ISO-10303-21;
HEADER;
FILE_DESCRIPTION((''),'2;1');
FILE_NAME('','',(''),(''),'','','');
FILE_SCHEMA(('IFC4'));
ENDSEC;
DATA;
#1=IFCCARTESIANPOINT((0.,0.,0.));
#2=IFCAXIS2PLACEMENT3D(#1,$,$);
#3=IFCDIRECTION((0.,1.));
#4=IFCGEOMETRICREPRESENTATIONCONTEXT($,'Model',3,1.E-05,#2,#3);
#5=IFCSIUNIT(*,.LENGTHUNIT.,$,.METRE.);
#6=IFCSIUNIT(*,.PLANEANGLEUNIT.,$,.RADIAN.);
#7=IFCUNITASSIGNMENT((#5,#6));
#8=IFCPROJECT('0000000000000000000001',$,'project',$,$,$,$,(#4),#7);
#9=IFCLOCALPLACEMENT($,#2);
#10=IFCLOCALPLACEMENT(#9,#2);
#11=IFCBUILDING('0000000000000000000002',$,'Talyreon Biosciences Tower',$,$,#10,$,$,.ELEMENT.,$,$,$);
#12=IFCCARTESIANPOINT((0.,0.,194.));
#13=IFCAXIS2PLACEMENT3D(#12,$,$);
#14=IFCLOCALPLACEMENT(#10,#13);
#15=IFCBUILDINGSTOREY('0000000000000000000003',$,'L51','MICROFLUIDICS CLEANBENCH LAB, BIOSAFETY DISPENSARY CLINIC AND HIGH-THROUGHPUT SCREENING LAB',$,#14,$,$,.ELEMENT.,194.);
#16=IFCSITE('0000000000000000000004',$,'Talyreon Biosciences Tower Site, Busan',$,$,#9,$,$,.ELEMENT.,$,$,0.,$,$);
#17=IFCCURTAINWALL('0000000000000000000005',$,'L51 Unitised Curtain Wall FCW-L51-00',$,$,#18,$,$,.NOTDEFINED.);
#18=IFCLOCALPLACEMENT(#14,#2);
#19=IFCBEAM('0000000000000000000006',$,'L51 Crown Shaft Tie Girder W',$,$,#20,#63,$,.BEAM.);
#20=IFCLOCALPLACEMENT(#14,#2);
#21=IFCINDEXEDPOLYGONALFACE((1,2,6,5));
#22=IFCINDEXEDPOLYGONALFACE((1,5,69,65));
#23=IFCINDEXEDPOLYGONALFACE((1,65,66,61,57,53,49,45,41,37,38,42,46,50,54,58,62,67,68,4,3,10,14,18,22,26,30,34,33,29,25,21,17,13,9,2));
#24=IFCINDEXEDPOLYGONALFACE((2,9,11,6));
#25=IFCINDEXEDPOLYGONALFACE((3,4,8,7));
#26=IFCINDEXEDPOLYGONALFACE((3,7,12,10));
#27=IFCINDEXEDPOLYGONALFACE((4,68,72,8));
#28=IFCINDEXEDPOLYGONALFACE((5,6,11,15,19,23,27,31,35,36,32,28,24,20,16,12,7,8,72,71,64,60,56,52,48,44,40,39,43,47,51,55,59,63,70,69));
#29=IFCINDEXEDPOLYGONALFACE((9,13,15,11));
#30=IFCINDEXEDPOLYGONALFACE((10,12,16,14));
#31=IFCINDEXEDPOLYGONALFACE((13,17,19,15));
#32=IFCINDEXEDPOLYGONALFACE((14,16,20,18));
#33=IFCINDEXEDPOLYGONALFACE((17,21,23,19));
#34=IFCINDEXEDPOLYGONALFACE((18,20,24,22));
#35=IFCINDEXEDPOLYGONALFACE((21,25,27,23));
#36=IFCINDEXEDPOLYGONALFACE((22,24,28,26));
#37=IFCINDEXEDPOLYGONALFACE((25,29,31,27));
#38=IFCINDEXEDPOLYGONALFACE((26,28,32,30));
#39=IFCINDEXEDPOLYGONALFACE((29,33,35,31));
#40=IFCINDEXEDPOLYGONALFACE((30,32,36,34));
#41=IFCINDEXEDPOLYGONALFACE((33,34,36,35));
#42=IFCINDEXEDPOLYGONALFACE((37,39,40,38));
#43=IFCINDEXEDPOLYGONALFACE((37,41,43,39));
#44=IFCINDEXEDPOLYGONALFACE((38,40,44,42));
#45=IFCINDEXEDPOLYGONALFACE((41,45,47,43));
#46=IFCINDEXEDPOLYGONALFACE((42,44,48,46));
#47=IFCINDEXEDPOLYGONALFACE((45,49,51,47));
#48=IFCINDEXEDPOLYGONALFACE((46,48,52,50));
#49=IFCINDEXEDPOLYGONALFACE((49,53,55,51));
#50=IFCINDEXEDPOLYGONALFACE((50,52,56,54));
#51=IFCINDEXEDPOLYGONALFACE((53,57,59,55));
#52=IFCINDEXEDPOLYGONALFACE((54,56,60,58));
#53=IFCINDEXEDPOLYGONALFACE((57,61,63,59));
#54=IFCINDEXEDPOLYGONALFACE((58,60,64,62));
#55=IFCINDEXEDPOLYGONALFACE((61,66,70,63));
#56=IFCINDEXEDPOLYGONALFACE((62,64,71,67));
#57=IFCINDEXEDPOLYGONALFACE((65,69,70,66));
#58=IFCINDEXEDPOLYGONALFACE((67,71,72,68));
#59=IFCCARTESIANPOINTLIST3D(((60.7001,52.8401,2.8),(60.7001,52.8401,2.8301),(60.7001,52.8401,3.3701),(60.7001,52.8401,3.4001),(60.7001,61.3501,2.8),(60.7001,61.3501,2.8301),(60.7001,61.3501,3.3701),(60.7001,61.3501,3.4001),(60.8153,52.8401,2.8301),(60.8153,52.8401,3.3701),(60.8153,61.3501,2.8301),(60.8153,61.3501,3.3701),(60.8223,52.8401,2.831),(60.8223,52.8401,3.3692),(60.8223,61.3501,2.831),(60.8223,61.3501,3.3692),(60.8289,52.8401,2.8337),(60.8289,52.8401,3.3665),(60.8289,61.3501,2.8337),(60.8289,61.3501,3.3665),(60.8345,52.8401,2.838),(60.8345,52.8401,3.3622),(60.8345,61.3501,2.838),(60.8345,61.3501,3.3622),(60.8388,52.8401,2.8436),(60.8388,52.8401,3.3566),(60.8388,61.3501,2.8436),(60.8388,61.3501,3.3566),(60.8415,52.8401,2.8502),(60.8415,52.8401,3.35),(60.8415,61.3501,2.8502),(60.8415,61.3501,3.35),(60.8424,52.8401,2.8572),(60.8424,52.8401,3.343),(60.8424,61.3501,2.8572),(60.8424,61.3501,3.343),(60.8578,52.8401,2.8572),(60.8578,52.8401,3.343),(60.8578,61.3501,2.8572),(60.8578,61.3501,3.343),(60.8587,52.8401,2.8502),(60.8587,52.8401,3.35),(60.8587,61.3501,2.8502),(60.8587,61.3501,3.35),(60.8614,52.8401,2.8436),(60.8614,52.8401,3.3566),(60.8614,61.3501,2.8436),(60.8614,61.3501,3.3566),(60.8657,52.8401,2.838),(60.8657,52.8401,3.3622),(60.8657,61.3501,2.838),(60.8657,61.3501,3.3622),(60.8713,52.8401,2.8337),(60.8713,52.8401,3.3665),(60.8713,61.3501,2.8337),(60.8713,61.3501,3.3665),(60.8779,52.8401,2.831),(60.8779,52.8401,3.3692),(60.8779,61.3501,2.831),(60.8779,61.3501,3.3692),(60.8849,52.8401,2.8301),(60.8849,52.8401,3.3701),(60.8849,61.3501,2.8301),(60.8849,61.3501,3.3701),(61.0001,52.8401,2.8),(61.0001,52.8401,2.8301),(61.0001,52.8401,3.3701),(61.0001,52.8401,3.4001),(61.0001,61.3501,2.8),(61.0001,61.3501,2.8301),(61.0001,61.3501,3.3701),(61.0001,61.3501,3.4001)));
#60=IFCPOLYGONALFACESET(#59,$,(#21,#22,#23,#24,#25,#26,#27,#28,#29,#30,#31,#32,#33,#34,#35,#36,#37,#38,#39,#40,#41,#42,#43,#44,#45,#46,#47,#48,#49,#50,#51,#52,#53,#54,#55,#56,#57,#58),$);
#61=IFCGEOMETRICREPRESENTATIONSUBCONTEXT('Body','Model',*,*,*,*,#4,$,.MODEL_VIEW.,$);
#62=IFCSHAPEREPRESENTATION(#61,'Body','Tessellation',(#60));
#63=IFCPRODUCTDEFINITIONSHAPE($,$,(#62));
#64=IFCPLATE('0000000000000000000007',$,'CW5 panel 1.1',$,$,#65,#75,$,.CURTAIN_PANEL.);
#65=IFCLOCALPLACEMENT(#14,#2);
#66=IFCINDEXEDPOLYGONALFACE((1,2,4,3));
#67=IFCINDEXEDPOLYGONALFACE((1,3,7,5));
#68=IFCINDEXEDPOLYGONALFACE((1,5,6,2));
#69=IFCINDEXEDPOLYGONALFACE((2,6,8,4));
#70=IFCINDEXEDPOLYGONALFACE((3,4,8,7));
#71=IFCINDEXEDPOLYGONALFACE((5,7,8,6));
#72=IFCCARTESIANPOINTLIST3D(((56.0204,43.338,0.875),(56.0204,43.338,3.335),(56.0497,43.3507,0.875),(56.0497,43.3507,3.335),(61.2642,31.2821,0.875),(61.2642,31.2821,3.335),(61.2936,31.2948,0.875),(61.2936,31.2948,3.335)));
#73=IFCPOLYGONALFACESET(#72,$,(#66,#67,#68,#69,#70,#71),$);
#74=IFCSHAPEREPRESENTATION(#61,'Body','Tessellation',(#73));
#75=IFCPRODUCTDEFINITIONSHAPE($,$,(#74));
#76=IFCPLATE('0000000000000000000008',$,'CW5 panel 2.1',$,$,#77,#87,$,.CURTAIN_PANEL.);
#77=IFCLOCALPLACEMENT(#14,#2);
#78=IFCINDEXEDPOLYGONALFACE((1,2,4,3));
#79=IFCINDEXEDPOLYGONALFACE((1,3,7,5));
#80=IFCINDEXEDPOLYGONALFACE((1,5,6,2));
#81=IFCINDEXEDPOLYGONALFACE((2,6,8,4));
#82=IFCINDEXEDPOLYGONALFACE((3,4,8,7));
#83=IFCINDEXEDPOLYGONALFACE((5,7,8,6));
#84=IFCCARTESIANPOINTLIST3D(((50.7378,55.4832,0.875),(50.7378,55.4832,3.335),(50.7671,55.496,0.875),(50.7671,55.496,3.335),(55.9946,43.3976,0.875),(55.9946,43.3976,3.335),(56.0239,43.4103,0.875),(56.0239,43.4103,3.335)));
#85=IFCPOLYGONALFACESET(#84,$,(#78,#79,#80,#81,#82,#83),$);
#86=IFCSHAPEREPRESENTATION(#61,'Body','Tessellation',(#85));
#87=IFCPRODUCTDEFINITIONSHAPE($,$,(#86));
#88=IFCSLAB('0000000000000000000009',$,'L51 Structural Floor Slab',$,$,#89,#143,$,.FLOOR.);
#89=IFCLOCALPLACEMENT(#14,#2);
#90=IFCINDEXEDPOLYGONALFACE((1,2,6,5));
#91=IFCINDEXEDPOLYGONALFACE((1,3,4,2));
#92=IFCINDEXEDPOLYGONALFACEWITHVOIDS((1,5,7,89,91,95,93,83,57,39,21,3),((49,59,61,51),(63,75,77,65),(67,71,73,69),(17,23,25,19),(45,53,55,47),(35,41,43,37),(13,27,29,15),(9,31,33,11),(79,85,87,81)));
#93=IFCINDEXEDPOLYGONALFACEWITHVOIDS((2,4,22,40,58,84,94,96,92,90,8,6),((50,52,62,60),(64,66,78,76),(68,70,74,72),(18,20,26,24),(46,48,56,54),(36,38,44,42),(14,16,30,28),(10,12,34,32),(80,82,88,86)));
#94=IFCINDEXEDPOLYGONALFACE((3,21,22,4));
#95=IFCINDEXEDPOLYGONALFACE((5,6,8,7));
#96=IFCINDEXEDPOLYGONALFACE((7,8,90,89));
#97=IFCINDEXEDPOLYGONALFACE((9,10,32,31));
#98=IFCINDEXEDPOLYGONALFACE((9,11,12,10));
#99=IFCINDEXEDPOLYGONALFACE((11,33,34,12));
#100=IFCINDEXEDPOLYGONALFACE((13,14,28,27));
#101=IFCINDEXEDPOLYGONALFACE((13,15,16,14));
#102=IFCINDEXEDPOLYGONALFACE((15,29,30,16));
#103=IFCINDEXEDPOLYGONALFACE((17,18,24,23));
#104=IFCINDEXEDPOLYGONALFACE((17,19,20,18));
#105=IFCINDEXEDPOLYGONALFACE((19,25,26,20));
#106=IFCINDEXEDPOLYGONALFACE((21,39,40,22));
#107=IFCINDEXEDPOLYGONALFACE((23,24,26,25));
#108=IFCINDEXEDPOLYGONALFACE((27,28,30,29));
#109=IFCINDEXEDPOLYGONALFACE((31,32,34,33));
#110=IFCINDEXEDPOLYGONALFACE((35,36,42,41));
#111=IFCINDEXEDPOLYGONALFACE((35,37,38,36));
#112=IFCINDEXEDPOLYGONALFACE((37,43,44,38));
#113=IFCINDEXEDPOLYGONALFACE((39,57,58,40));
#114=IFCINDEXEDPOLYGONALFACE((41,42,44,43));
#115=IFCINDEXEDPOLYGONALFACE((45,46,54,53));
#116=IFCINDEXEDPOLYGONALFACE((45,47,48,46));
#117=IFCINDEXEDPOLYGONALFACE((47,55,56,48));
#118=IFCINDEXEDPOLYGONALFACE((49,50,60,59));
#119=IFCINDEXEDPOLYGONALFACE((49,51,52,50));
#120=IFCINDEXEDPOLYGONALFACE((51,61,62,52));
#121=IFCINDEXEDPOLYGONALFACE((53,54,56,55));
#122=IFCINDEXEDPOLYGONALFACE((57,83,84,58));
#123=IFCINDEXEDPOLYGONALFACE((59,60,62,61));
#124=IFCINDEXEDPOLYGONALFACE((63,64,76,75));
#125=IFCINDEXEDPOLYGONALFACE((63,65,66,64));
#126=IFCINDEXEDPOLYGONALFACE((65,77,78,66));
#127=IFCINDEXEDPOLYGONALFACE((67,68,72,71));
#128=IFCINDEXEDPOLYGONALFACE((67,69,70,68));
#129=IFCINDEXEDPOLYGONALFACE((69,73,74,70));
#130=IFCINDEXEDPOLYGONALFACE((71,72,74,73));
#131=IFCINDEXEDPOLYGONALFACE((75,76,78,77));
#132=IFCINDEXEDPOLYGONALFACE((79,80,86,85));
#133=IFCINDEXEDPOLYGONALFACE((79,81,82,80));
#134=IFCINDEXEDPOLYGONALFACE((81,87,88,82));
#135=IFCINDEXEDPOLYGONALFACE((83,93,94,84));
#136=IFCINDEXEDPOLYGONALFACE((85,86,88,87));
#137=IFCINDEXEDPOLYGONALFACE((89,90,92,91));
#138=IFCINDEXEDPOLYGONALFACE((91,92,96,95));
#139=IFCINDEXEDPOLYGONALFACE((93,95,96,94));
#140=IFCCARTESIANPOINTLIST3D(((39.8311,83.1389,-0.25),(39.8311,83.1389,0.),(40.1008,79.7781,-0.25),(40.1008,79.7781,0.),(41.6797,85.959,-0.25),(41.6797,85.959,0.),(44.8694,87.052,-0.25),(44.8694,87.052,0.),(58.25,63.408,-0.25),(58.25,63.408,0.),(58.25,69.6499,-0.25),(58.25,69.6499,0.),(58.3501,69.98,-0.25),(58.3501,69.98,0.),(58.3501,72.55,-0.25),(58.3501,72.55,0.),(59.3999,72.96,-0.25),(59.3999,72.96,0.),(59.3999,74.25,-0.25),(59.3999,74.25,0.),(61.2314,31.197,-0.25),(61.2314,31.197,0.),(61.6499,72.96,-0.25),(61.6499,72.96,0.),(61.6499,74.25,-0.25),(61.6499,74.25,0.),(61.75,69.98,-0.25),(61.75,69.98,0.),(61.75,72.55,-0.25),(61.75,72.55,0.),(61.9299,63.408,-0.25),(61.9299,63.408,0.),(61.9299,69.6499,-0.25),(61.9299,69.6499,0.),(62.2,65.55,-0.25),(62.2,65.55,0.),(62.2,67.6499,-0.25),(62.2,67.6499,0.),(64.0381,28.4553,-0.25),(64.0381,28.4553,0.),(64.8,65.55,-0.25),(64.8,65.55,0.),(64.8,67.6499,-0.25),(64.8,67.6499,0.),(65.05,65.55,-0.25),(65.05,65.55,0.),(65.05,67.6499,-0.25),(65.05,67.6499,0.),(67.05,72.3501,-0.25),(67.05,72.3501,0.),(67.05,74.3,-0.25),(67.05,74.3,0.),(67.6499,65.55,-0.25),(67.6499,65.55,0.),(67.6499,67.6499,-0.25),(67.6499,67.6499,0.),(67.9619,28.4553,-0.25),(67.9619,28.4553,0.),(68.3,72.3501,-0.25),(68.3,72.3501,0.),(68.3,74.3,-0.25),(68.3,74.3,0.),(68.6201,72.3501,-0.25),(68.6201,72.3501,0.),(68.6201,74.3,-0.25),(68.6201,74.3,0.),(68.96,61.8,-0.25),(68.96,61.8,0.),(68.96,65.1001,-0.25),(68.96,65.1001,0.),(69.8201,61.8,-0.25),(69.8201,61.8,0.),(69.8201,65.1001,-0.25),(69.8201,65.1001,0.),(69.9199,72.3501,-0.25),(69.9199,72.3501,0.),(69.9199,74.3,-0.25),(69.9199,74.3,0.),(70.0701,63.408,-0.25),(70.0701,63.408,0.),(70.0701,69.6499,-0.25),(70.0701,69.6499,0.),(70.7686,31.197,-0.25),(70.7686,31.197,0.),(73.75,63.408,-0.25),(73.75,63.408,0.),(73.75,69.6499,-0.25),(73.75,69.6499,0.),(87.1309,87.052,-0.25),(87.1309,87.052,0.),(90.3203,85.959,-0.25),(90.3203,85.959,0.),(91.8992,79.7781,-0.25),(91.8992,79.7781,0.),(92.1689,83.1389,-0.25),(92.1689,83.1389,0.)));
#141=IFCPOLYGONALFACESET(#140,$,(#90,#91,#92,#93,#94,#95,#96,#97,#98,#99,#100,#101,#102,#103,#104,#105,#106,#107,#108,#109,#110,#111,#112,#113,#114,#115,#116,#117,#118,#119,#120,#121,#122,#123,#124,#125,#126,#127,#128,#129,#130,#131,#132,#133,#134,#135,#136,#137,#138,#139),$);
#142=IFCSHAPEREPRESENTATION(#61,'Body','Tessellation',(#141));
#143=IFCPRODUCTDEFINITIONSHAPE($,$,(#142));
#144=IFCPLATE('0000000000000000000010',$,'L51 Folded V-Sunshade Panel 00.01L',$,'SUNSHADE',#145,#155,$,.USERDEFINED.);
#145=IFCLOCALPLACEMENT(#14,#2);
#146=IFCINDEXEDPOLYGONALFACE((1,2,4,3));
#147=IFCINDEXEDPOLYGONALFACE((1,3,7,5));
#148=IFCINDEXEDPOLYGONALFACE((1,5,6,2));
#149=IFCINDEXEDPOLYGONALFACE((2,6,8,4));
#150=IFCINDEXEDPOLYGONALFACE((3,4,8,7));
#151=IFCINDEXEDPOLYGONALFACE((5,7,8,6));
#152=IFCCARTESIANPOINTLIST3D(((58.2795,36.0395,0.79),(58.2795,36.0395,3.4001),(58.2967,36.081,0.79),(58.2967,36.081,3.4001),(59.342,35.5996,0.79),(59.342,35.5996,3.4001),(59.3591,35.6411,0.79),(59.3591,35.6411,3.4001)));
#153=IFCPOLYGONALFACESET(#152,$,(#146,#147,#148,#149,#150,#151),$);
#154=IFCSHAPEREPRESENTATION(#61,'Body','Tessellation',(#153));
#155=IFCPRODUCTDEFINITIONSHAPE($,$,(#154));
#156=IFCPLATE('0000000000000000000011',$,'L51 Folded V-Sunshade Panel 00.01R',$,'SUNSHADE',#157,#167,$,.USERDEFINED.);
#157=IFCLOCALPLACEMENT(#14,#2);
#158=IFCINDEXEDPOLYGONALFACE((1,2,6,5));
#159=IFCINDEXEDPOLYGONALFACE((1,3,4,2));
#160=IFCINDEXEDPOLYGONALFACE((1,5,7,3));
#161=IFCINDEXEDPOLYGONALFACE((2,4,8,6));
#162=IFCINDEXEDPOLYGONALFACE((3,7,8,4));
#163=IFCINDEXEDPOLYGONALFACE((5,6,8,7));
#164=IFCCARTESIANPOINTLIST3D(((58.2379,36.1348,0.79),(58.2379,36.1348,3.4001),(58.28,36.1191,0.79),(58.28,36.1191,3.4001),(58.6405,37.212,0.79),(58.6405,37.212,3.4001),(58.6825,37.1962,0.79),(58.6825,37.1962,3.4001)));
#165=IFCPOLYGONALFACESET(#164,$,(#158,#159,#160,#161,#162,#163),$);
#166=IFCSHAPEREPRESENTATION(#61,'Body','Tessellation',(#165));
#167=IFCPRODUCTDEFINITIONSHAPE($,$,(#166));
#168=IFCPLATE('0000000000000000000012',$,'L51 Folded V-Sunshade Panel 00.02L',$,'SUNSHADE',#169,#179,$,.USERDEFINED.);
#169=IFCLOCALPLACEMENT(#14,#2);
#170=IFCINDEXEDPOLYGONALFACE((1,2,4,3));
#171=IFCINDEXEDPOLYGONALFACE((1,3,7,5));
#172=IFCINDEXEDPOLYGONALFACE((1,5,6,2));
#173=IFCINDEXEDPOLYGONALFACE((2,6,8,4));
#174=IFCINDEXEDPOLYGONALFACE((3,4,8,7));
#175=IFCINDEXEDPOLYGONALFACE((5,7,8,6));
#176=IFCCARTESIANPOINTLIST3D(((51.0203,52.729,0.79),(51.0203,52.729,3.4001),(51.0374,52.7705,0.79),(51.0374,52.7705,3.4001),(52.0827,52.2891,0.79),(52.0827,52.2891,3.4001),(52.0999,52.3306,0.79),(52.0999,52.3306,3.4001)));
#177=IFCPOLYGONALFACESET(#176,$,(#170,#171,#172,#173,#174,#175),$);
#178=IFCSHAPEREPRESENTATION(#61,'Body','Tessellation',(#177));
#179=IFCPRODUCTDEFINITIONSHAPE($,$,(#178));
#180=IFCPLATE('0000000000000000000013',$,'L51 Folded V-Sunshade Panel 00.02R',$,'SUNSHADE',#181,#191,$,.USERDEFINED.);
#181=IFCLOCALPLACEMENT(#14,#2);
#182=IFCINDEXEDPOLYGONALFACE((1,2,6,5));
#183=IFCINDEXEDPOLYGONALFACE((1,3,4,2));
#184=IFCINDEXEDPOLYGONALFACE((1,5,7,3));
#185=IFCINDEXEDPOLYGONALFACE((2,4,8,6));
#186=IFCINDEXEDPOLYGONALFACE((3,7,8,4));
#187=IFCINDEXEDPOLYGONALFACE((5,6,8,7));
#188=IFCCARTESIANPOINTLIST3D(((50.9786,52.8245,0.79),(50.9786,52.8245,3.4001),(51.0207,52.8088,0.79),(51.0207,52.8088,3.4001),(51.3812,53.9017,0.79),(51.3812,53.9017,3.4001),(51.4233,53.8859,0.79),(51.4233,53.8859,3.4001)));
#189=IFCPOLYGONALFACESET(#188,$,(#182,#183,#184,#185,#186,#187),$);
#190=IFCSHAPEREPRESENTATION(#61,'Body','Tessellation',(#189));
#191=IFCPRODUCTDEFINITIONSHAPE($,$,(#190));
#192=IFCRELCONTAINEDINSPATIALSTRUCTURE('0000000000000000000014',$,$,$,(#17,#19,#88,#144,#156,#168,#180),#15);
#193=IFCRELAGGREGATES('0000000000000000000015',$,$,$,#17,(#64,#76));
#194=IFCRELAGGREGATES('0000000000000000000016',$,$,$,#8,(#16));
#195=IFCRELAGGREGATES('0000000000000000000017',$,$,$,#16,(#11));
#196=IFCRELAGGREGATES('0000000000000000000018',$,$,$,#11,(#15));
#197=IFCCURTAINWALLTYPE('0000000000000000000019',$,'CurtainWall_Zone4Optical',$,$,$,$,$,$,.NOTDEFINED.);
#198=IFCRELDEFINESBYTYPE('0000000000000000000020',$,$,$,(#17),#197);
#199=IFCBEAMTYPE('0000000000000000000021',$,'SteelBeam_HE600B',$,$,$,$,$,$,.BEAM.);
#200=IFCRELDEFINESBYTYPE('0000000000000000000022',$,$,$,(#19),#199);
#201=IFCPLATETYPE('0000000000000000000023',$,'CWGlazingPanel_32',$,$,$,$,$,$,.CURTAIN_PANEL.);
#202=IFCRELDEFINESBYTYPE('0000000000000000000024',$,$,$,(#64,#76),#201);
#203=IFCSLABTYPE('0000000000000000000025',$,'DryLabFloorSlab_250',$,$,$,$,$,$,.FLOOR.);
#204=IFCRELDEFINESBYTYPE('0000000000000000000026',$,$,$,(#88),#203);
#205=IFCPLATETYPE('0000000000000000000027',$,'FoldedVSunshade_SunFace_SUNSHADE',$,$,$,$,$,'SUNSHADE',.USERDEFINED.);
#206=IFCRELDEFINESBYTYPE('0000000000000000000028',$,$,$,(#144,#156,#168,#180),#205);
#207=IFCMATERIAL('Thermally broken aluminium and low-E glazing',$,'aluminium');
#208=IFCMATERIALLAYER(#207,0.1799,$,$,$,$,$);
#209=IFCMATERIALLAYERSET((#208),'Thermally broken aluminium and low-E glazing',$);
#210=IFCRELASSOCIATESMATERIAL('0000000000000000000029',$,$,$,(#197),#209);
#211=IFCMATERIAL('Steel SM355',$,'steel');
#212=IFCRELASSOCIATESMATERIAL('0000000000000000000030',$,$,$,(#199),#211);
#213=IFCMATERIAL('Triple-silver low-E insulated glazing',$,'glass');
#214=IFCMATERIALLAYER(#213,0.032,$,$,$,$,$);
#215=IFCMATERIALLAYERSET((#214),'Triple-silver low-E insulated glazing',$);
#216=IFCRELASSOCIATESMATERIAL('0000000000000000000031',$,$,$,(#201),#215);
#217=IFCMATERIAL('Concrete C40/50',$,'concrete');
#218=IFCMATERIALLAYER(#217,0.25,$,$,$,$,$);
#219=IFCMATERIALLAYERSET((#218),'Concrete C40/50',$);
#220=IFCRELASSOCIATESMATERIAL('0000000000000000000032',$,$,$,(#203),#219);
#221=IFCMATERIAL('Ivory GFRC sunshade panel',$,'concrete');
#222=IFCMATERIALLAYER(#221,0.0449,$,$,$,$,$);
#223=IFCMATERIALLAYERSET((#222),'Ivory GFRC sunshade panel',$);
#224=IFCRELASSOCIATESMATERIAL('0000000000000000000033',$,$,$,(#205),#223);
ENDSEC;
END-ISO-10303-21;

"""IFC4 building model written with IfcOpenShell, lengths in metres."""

from ifc_helpers import new_model, si_unit, direction, frame, origin, origin_2d, place, context, subcontext, project, spatial, polyline, rectangle, i_section, outline, extrude, material, layer, layer_set, material_profile, profile_set, type_object, element, aggregate, save


model = new_model("IFC4")

# Units and contexts
model_context = context("Model", 3, precision=1e-05, world=origin(), true_north=direction((0.0, 1.0)))
body_context = subcontext(model_context, "Body", "Model", "MODEL_VIEW")
ifc_project = project(units=[si_unit("LENGTHUNIT", "METRE"), si_unit("PLANEANGLEUNIT", "RADIAN")], contexts=[model_context])

# Site, building, storey
site_placement = place(None, origin())
site = spatial("IfcSite", under=ifc_project, at=site_placement, Name="Talyreon Biosciences Tower Site, Busan", CompositionType="ELEMENT", RefElevation=0.0)
building_placement = place(site_placement, origin())
building = spatial("IfcBuilding", under=site, at=building_placement, Name="Talyreon Biosciences Tower", CompositionType="ELEMENT")
storey_placement = place(building_placement, frame((0.0, 0.0, 194.0)))
storey = spatial("IfcBuildingStorey", under=building, at=storey_placement, Name="L51", Description="MICROFLUIDICS CLEANBENCH LAB, BIOSAFETY DISPENSARY CLINIC AND HIGH-THROUGHPUT SCREENING LAB", CompositionType="ELEMENT", Elevation=194.0)

# Curtain wall
ifc_material_1 = material(Name="Thermally broken aluminium and low-E glazing", Category="aluminium")
ifc_layer_1 = layer(ifc_material_1, 0.1799)
ifc_layer_set_1 = layer_set([ifc_layer_1], Name="Thermally broken aluminium and low-E glazing")
curtain_wall_type = type_object("IfcCurtainWallType", Name="CurtainWall_Zone4Optical", PredefinedType="NOTDEFINED", material=ifc_layer_set_1)
curtain_wall_placement = place(storey_placement, origin())
curtain_wall = element("IfcCurtainWall", 1, at=curtain_wall_placement, inside=storey, type_object=curtain_wall_type, Name="L51 Unitised Curtain Wall FCW-L51-00", PredefinedType="NOTDEFINED")

# Beam
ifc_material_2 = material(Name="Steel SM355", Category="steel")
ifc_material_profile_1 = material_profile(ifc_material_2, i_section(OverallWidth=0.3, OverallDepth=0.6001, WebThickness=0.0154, FlangeThickness=0.03, FilletRadius=0.0271, at=origin_2d()), Name="HE600B")
ifc_profile_set_1 = profile_set([ifc_material_profile_1], Name="Steel SM355")
beam_type_1 = type_object("IfcBeamType", Name="SteelBeam_HE600B", PredefinedType="BEAM", material=ifc_profile_set_1)
beam_1_placement = place(storey_placement, frame((60.8501, 52.8401, 3.1001), z_axis=(0.0, 1.0, 0.0), x_axis=(-1.0, 0.0, 0.0)))
element("IfcBeam", 2, at=beam_1_placement, inside=storey, type_object=beam_type_1, Name="L51 Crown Shaft Tie Girder W", PredefinedType="BEAM", context=body_context, shape_type="SweptSolid", body=[
    extrude(i_section(OverallWidth=0.3, OverallDepth=0.6001, WebThickness=0.0154, FlangeThickness=0.03, FilletRadius=0.0271, at=origin_2d()), origin(), (0.0, 0.0, 1.0), 8.51),
])

# Plates
ifc_material_3 = material(Name="Triple-silver low-E insulated glazing", Category="glass")
ifc_layer_2 = layer(ifc_material_3, 0.032)
ifc_layer_set_2 = layer_set([ifc_layer_2], Name="Triple-silver low-E insulated glazing")
plate_type_1 = type_object("IfcPlateType", Name="CWGlazingPanel_32", PredefinedType="CURTAIN_PANEL", material=ifc_layer_set_2)
plate_1_placement = place(storey_placement, frame((58.657, 37.3164, 0.875), z_axis=(0.0, 0.0, 1.0), x_axis=(-0.398862, 0.917011, 0.0)))
plate_1 = element("IfcPlate", 3, at=plate_1_placement, type_object=plate_type_1, Name="CW5 panel 1.1", PredefinedType="CURTAIN_PANEL", context=body_context, shape_type="SweptSolid", body=[
    extrude(rectangle(XDim=13.147, YDim=0.032, at=origin_2d()), origin(), (0.0, 0.0, 1.0), 2.46),
])
plate_2_placement = place(storey_placement, frame((53.3809, 49.4468, 0.875), z_axis=(0.0, 0.0, 1.0), x_axis=(-0.398862, 0.917011, 0.0)))
plate_2 = element("IfcPlate", 4, at=plate_2_placement, type_object=plate_type_1, Name="CW5 panel 2.1", PredefinedType="CURTAIN_PANEL", context=body_context, shape_type="SweptSolid", body=[
    extrude(rectangle(XDim=13.1794, YDim=0.032, at=origin_2d()), origin(), (0.0, 0.0, 1.0), 2.46),
])
aggregate(curtain_wall, [plate_1, plate_2])

# Slab
ifc_material_4 = material(Name="Concrete C40/50", Category="concrete")
ifc_layer_3 = layer(ifc_material_4, 0.25)
ifc_layer_set_3 = layer_set([ifc_layer_3], Name="Concrete C40/50")
slab_type_1 = type_object("IfcSlabType", Name="DryLabFloorSlab_250", PredefinedType="FLOOR", material=ifc_layer_set_3)
slab_1_placement = place(storey_placement, frame((0.0, 0.0, -0.25)))
element("IfcSlab", 5, at=slab_1_placement, inside=storey, type_object=slab_type_1, Name="L51 Structural Floor Slab", PredefinedType="FLOOR", context=body_context, shape_type="SweptSolid", body=[
    extrude(outline(polyline([(61.2314, 31.197), (40.1008, 79.7781), (39.8311, 83.1389), (41.6797, 85.959), (44.8694, 87.052), (87.1309, 87.052), (90.3203, 85.959), (92.1689, 83.1389), (91.8992, 79.7781), (70.7686, 31.197), (67.9619, 28.4553), (64.0381, 28.4553), (61.2314, 31.197)]), holes=[polyline([(69.8201, 65.1001), (69.8201, 61.8), (68.96, 61.8), (68.96, 65.1001), (69.8201, 65.1001)]), polyline([(61.9299, 69.6499), (61.9299, 63.408), (58.25, 63.408), (58.25, 69.6499), (61.9299, 69.6499)]), polyline([(73.75, 69.6499), (73.75, 63.408), (70.0701, 63.408), (70.0701, 69.6499), (73.75, 69.6499)]), polyline([(64.8, 67.6499), (64.8, 65.55), (62.2, 65.55), (62.2, 67.6499), (64.8, 67.6499)]), polyline([(67.6499, 67.6499), (67.6499, 65.55), (65.05, 65.55), (65.05, 67.6499), (67.6499, 67.6499)]), polyline([(61.75, 72.55), (61.75, 69.98), (58.3501, 69.98), (58.3501, 72.55), (61.75, 72.55)]), polyline([(68.3, 74.3), (68.3, 72.3501), (67.05, 72.3501), (67.05, 74.3), (68.3, 74.3)]), polyline([(69.9199, 72.3501), (68.6201, 72.3501), (68.6201, 74.3), (69.9199, 74.3), (69.9199, 72.3501)]), polyline([(61.6499, 72.96), (59.3999, 72.96), (59.3999, 74.25), (61.6499, 74.25), (61.6499, 72.96)])]), origin(), (0.0, 0.0, 1.0), 0.25),
])

# Plates
ifc_material_5 = material(Name="Ivory GFRC sunshade panel", Category="concrete")
ifc_layer_4 = layer(ifc_material_5, 0.0449)
ifc_layer_set_4 = layer_set([ifc_layer_4], Name="Ivory GFRC sunshade panel")
plate_type_2 = type_object("IfcPlateType", Name="FoldedVSunshade_SunFace_SUNSHADE", ElementType="SUNSHADE", PredefinedType="USERDEFINED", material=ifc_layer_set_4)
for number, where, z_axis, x_axis, name in (
    (6, (58.8193, 35.8403, 0.79), (0.0, 0.0, 1.0), (-0.923926, 0.382571, 0.0), "L51 Folded V-Sunshade Panel 00.01L"),
    (7, (58.4602, 36.6655, 0.79), (0.0, 0.0, 1.0), (0.350093, 0.936715, 0.0), "L51 Folded V-Sunshade Panel 00.01R"),
    (8, (51.5601, 52.5298, 0.79), (0.0, 0.0, 1.0), (-0.923926, 0.382571, 0.0), "L51 Folded V-Sunshade Panel 00.02L"),
    (9, (51.2009, 53.3552, 0.79), (0.0, 0.0, 1.0), (0.350093, 0.936715, 0.0), "L51 Folded V-Sunshade Panel 00.02R"),
):
    element("IfcPlate", number, at=place(storey_placement, frame(where, z_axis=z_axis, x_axis=x_axis)), inside=storey, type_object=plate_type_2, Name=name, ObjectType="SUNSHADE", PredefinedType="USERDEFINED", context=body_context, shape_type="SweptSolid", body=[
        extrude(rectangle(XDim=1.1499, YDim=0.0449, at=origin_2d()), origin(), (0.0, 0.0, 1.0), 2.6101),
    ])

save(model, "model.ifc")
